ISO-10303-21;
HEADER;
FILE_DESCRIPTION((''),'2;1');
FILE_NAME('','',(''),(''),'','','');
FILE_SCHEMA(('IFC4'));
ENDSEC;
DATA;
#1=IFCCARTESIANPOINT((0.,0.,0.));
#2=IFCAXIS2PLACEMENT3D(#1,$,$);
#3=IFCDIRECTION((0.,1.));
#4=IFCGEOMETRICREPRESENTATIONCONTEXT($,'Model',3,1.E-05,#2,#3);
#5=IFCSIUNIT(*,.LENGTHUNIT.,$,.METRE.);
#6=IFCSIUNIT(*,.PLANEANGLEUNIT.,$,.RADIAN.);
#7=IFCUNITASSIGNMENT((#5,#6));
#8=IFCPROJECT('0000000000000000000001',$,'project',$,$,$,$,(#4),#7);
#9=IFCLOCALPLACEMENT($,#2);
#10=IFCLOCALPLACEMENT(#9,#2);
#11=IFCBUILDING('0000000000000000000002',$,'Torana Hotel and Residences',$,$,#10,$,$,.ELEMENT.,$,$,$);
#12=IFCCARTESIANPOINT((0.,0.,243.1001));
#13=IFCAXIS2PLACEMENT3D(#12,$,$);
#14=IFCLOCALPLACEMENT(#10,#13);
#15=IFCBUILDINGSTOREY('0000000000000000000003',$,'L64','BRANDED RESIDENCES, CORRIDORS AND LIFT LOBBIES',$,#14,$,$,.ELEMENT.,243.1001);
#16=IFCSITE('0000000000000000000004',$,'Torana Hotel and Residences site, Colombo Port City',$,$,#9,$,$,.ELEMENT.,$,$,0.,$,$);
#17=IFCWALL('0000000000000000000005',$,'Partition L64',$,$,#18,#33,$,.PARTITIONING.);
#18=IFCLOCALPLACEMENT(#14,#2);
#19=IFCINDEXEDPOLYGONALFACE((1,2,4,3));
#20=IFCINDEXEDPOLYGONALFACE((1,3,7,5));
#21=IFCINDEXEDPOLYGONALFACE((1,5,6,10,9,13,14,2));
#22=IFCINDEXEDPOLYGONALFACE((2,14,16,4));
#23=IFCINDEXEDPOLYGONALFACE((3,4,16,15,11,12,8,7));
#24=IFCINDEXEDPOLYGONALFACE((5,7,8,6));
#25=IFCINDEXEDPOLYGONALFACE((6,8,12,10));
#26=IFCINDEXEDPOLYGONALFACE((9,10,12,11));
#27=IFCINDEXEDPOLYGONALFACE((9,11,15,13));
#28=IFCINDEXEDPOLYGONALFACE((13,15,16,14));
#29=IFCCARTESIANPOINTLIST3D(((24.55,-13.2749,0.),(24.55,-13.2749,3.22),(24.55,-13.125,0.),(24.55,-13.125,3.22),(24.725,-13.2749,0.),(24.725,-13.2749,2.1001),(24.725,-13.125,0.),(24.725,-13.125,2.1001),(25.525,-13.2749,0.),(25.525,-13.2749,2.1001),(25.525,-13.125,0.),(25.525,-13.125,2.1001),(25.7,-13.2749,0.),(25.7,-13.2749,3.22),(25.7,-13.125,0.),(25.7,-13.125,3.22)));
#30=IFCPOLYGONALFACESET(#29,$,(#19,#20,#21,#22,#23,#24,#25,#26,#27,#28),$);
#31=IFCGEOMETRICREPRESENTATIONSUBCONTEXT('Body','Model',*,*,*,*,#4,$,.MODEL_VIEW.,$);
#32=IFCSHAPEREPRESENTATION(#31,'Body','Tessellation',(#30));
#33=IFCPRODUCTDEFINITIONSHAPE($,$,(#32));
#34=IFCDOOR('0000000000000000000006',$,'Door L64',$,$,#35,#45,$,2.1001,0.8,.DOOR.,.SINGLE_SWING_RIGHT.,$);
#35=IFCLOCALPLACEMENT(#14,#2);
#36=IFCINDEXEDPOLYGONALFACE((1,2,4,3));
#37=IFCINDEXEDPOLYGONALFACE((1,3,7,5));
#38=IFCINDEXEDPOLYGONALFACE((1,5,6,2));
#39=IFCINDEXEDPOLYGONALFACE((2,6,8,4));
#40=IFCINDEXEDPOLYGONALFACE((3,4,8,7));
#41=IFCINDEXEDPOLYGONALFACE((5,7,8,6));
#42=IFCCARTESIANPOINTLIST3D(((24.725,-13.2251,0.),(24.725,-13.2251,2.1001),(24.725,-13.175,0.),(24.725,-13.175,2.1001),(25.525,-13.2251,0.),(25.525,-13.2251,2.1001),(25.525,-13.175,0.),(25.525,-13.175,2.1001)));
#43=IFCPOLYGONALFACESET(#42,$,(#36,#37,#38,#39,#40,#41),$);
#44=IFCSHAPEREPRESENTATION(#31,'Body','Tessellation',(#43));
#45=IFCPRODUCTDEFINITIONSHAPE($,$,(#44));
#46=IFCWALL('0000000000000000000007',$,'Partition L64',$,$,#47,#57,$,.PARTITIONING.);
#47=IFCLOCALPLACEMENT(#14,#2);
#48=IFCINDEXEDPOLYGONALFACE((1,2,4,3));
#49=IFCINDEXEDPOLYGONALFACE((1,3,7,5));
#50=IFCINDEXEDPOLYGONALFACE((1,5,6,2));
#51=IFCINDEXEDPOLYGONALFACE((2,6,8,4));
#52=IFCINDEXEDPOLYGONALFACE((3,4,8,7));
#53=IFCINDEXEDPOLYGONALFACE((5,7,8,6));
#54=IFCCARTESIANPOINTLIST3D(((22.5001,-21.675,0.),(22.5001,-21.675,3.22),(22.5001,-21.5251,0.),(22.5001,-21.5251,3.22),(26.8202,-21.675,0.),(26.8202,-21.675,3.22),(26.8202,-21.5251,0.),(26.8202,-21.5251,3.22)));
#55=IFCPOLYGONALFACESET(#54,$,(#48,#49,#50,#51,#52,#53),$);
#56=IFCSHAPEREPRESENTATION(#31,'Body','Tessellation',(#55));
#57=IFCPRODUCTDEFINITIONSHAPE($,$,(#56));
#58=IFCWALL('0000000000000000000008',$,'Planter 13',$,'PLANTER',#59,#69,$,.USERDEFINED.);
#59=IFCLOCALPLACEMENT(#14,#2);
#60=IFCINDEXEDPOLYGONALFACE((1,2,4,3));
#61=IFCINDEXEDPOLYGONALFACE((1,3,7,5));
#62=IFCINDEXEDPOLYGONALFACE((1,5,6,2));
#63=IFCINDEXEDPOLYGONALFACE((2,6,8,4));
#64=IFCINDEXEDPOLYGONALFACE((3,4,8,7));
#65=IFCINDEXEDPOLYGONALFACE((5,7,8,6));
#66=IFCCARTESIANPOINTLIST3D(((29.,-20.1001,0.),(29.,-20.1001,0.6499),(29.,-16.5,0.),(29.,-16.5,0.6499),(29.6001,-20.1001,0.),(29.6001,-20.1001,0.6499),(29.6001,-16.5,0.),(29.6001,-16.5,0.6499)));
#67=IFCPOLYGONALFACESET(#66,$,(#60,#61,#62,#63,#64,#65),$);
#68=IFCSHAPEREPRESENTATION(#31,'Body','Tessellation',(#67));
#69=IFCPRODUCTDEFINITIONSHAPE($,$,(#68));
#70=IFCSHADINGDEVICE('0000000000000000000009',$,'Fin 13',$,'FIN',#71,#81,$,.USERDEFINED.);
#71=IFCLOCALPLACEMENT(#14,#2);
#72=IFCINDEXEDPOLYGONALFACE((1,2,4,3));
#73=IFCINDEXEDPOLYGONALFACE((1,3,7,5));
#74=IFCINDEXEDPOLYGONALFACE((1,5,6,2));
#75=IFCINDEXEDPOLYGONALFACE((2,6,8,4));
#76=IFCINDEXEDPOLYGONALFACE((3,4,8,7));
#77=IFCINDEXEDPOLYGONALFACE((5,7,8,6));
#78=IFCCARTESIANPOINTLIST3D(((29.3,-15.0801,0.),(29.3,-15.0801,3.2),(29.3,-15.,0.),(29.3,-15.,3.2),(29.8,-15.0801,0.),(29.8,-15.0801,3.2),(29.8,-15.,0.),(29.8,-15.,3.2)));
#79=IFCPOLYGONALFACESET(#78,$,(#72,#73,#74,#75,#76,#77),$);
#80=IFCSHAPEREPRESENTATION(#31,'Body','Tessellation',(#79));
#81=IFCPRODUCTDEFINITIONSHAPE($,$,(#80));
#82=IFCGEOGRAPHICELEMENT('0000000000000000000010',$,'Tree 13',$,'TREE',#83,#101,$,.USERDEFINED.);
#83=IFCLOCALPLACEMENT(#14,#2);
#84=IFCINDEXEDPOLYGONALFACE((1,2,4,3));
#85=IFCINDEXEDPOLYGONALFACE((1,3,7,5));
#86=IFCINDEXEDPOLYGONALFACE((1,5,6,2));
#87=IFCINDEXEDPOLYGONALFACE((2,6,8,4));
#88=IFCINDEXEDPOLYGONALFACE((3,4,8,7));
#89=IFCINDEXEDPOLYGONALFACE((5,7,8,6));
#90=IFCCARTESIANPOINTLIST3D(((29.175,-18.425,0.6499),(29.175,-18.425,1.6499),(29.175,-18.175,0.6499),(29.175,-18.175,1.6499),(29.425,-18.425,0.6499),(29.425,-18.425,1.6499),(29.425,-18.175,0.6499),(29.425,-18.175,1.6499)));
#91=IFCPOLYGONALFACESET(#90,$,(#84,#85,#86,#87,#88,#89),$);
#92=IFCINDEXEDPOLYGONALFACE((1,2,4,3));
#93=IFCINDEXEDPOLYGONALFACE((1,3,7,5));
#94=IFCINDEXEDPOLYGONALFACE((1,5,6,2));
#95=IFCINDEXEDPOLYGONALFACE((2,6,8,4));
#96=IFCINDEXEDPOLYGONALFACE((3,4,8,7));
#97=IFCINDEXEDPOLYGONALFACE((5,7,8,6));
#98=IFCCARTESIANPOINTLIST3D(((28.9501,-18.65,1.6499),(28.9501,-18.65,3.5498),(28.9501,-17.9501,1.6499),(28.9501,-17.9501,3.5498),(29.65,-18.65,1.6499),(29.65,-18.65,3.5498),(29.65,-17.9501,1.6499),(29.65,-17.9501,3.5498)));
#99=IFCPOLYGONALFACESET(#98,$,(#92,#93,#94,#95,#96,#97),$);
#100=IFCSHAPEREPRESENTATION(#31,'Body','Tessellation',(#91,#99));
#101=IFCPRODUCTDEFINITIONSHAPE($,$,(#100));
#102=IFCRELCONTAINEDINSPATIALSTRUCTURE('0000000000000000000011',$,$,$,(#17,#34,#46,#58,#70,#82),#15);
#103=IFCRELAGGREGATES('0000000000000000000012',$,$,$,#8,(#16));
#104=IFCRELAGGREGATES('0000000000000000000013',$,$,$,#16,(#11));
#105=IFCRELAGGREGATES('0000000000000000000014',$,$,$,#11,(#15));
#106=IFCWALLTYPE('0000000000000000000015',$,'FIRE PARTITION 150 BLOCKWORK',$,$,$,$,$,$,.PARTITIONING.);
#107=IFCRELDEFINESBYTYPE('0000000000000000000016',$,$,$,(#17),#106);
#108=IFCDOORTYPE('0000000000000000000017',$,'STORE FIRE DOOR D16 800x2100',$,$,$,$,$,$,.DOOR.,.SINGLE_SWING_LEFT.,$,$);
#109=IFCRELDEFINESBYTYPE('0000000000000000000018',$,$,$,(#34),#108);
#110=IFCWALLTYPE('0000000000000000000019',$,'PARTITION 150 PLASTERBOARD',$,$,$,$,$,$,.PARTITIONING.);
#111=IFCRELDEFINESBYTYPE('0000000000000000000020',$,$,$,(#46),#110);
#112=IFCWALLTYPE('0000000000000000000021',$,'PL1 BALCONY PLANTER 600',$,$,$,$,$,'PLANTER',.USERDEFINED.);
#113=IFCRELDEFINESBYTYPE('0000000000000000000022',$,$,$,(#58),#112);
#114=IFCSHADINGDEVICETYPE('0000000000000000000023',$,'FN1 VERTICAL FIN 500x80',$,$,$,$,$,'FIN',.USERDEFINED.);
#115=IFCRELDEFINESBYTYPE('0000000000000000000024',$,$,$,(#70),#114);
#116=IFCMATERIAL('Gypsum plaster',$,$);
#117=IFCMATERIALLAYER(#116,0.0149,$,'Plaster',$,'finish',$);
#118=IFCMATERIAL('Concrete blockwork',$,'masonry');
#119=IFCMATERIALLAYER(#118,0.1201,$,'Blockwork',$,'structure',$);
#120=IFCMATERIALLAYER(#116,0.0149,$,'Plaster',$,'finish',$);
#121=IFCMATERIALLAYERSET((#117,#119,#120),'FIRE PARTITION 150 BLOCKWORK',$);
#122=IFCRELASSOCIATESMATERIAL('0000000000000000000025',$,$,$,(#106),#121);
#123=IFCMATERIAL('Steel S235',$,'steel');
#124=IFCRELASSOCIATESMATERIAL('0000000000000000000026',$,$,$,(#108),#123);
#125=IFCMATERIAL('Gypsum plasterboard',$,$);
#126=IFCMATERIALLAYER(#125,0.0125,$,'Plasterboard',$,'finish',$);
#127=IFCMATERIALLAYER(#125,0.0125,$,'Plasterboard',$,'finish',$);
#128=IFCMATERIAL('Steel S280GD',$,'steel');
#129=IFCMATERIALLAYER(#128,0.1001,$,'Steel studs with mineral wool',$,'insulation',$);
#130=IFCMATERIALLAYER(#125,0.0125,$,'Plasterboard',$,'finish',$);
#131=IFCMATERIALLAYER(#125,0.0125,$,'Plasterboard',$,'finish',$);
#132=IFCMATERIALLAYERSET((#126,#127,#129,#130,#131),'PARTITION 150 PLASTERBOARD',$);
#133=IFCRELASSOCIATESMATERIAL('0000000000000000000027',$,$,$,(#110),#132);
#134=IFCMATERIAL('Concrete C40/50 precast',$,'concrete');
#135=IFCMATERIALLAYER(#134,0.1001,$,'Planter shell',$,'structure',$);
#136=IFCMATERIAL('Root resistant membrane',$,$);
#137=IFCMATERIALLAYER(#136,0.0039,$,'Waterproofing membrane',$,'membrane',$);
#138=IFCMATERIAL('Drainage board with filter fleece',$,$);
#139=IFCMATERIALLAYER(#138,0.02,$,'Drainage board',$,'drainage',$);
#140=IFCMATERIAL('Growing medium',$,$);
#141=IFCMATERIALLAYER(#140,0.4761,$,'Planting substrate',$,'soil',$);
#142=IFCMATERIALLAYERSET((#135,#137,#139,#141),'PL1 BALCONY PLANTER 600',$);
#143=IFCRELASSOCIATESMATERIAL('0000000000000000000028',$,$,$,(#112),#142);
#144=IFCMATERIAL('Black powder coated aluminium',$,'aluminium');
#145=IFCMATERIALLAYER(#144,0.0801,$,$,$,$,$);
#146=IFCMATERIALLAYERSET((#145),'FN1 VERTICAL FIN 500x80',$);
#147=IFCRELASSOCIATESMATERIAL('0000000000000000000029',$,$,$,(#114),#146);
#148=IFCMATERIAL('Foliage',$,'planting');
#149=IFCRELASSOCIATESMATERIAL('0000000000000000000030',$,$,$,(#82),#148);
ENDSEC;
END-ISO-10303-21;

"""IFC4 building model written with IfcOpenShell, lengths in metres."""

from ifc_helpers import new_model, si_unit, direction, frame, frame_2d, origin, origin_2d, place, context, subcontext, project, spatial, rectangle, extrude, material, layer, layer_set, type_object, element, fill, save


model = new_model("IFC4")

# Units and contexts
model_context = context("Model", 3, precision=1e-05, world=origin(), true_north=direction((0.0, 1.0)))
body_context = subcontext(model_context, "Body", "Model", "MODEL_VIEW")
ifc_project = project(units=[si_unit("LENGTHUNIT", "METRE"), si_unit("PLANEANGLEUNIT", "RADIAN")], contexts=[model_context])

# Site, building, storey
site_placement = place(None, origin())
site = spatial("IfcSite", under=ifc_project, at=site_placement, Name="Torana Hotel and Residences site, Colombo Port City", CompositionType="ELEMENT", RefElevation=0.0)
building_placement = place(site_placement, origin())
building = spatial("IfcBuilding", under=site, at=building_placement, Name="Torana Hotel and Residences", CompositionType="ELEMENT")
storey_placement = place(building_placement, frame((0.0, 0.0, 243.1001)))
storey = spatial("IfcBuildingStorey", under=building, at=storey_placement, Name="L64", Description="BRANDED RESIDENCES, CORRIDORS AND LIFT LOBBIES", CompositionType="ELEMENT", Elevation=243.1001)

# Shared definitions
ifc_material_1 = material(Name="Gypsum plaster")
ifc_layer_1 = layer(ifc_material_1, 0.0149, Name="Plaster", Category="finish")
ifc_material_2 = material(Name="Concrete blockwork", Category="masonry")
ifc_layer_2 = layer(ifc_material_2, 0.1201, Name="Blockwork", Category="structure")
ifc_layer_3 = layer(ifc_material_1, 0.0149, Name="Plaster", Category="finish")
ifc_layer_set_1 = layer_set([ifc_layer_1, ifc_layer_2, ifc_layer_3], Name="FIRE PARTITION 150 BLOCKWORK")
wall_type_1 = type_object("IfcWallType", Name="FIRE PARTITION 150 BLOCKWORK", PredefinedType="PARTITIONING", material=ifc_layer_set_1)

# Wall, opening, door
wall_1_placement = place(storey_placement, frame((24.55, -13.2, 0.0), z_axis=(0.0, 0.0, 1.0), x_axis=(1.0, 0.0, 0.0)))
wall_1 = element("IfcWall", 1, at=wall_1_placement, inside=storey, type_object=wall_type_1, Name="Partition L64", PredefinedType="PARTITIONING", context=body_context, shape_type="SweptSolid", body=[
    extrude(rectangle(XDim=1.1499, YDim=0.1499, at=frame_2d((0.575, 0.0))), origin(), (0.0, 0.0, 1.0), 3.22),
])
opening_1_placement = place(wall_1_placement, frame((0.175, 0.0, 0.0)))
opening_1 = element("IfcOpeningElement", 2, at=opening_1_placement, cuts=wall_1, PredefinedType="OPENING", context=body_context, shape_type="SweptSolid", body=[
    extrude(rectangle(XDim=0.8, YDim=2.1001, at=frame_2d((0.3999, 1.05))), frame((0.0, 0.085, 0.0), z_axis=(0.0, -1.0, 0.0), x_axis=(1.0, 0.0, 0.0)), (0.0, 0.0, 1.0), 0.1699),
])
ifc_material_3 = material(Name="Steel S235", Category="steel")
door_type_1 = type_object("IfcDoorType", Name="STORE FIRE DOOR D16 800x2100", OperationType="SINGLE_SWING_LEFT", PredefinedType="DOOR", material=ifc_material_3)
door_1_placement = place(opening_1_placement, origin())
door_1 = element("IfcDoor", 3, at=door_1_placement, inside=storey, type_object=door_type_1, Name="Door L64", OperationType="SINGLE_SWING_RIGHT", OverallHeight=2.1001, OverallWidth=0.8, PredefinedType="DOOR", context=body_context, shape_type="SweptSolid", body=[
    extrude(rectangle(XDim=0.8, YDim=2.1001, at=frame_2d((0.3999, 1.05))), frame((0.0, 0.0249, 0.0), z_axis=(0.0, -1.0, 0.0), x_axis=(1.0, 0.0, 0.0)), (0.0, 0.0, 1.0), 0.05),
])
fill(opening_1, door_1)

# Walls
ifc_material_4 = material(Name="Gypsum plasterboard")
ifc_layer_4 = layer(ifc_material_4, 0.0125, Name="Plasterboard", Category="finish")
ifc_layer_5 = layer(ifc_material_4, 0.0125, Name="Plasterboard", Category="finish")
ifc_material_5 = material(Name="Steel S280GD", Category="steel")
ifc_layer_6 = layer(ifc_material_5, 0.1001, Name="Steel studs with mineral wool", Category="insulation")
ifc_layer_7 = layer(ifc_material_4, 0.0125, Name="Plasterboard", Category="finish")
ifc_layer_8 = layer(ifc_material_4, 0.0125, Name="Plasterboard", Category="finish")
ifc_layer_set_2 = layer_set([ifc_layer_4, ifc_layer_5, ifc_layer_6, ifc_layer_7, ifc_layer_8], Name="PARTITION 150 PLASTERBOARD")
wall_type_2 = type_object("IfcWallType", Name="PARTITION 150 PLASTERBOARD", PredefinedType="PARTITIONING", material=ifc_layer_set_2)
wall_2_placement = place(storey_placement, frame((22.5, -21.6001, 0.0), z_axis=(0.0, 0.0, 1.0), x_axis=(1.0, 0.0, 0.0)))
element("IfcWall", 4, at=wall_2_placement, inside=storey, type_object=wall_type_2, Name="Partition L64", PredefinedType="PARTITIONING", context=body_context, shape_type="SweptSolid", body=[
    extrude(rectangle(XDim=4.3201, YDim=0.1499, at=frame_2d((2.1602, 0.0))), origin(), (0.0, 0.0, 1.0), 3.22),
])
ifc_material_6 = material(Name="Concrete C40/50 precast", Category="concrete")
ifc_layer_9 = layer(ifc_material_6, 0.1001, Name="Planter shell", Category="structure")
ifc_material_7 = material(Name="Root resistant membrane")
ifc_layer_10 = layer(ifc_material_7, 0.0039, Name="Waterproofing membrane", Category="membrane")
ifc_material_8 = material(Name="Drainage board with filter fleece")
ifc_layer_11 = layer(ifc_material_8, 0.02, Name="Drainage board", Category="drainage")
ifc_material_9 = material(Name="Growing medium")
ifc_layer_12 = layer(ifc_material_9, 0.4761, Name="Planting substrate", Category="soil")
ifc_layer_set_3 = layer_set([ifc_layer_9, ifc_layer_10, ifc_layer_11, ifc_layer_12], Name="PL1 BALCONY PLANTER 600")
wall_type_3 = type_object("IfcWallType", Name="PL1 BALCONY PLANTER 600", ElementType="PLANTER", PredefinedType="USERDEFINED", material=ifc_layer_set_3)
wall_3_placement = place(storey_placement, frame((29.3, -16.5, 0.0), z_axis=(0.0, 0.0, 1.0), x_axis=(0.0, -1.0, 0.0)))
element("IfcWall", 5, at=wall_3_placement, inside=storey, type_object=wall_type_3, Name="Planter 13", ObjectType="PLANTER", PredefinedType="USERDEFINED", context=body_context, shape_type="SweptSolid", body=[
    extrude(rectangle(XDim=3.6001, YDim=0.6001, at=frame_2d((1.8, 0.0))), origin(), (0.0, 0.0, 1.0), 0.6499),
])

# Shading device
ifc_material_10 = material(Name="Black powder coated aluminium", Category="aluminium")
ifc_layer_13 = layer(ifc_material_10, 0.0801)
ifc_layer_set_4 = layer_set([ifc_layer_13], Name="FN1 VERTICAL FIN 500x80")
shading_device_type = type_object("IfcShadingDeviceType", Name="FN1 VERTICAL FIN 500x80", ElementType="FIN", PredefinedType="USERDEFINED", material=ifc_layer_set_4)
shading_device_placement = place(storey_placement, frame((29.55, -15.04, 0.0), z_axis=(0.0, 0.0, 1.0), x_axis=(0.0, -1.0, 0.0)))
element("IfcShadingDevice", 6, at=shading_device_placement, inside=storey, type_object=shading_device_type, Name="Fin 13", ObjectType="FIN", PredefinedType="USERDEFINED", context=body_context, shape_type="SweptSolid", body=[
    extrude(rectangle(XDim=0.0801, YDim=0.5, at=origin_2d()), origin(), (0.0, 0.0, 1.0), 3.2),
])

# Geographic element
ifc_material_11 = material(Name="Foliage", Category="planting")
geographic_element_placement = place(storey_placement, frame((29.3, -18.3, 0.6499), z_axis=(0.0, 0.0, 1.0), x_axis=(1.0, 0.0, 0.0)))
element("IfcGeographicElement", 7, at=geographic_element_placement, inside=storey, material=ifc_material_11, Name="Tree 13", ObjectType="TREE", PredefinedType="USERDEFINED", context=body_context, shape_type="SweptSolid", body=[
    extrude(rectangle(XDim=0.25, YDim=0.25, at=origin_2d()), origin(), (0.0, 0.0, 1.0), 1.0),
    extrude(rectangle(XDim=0.7, YDim=0.7, at=origin_2d()), frame((0.0, 0.0, 1.0)), (0.0, 0.0, 1.0), 1.8999),
])

save(model, "model.ifc")
